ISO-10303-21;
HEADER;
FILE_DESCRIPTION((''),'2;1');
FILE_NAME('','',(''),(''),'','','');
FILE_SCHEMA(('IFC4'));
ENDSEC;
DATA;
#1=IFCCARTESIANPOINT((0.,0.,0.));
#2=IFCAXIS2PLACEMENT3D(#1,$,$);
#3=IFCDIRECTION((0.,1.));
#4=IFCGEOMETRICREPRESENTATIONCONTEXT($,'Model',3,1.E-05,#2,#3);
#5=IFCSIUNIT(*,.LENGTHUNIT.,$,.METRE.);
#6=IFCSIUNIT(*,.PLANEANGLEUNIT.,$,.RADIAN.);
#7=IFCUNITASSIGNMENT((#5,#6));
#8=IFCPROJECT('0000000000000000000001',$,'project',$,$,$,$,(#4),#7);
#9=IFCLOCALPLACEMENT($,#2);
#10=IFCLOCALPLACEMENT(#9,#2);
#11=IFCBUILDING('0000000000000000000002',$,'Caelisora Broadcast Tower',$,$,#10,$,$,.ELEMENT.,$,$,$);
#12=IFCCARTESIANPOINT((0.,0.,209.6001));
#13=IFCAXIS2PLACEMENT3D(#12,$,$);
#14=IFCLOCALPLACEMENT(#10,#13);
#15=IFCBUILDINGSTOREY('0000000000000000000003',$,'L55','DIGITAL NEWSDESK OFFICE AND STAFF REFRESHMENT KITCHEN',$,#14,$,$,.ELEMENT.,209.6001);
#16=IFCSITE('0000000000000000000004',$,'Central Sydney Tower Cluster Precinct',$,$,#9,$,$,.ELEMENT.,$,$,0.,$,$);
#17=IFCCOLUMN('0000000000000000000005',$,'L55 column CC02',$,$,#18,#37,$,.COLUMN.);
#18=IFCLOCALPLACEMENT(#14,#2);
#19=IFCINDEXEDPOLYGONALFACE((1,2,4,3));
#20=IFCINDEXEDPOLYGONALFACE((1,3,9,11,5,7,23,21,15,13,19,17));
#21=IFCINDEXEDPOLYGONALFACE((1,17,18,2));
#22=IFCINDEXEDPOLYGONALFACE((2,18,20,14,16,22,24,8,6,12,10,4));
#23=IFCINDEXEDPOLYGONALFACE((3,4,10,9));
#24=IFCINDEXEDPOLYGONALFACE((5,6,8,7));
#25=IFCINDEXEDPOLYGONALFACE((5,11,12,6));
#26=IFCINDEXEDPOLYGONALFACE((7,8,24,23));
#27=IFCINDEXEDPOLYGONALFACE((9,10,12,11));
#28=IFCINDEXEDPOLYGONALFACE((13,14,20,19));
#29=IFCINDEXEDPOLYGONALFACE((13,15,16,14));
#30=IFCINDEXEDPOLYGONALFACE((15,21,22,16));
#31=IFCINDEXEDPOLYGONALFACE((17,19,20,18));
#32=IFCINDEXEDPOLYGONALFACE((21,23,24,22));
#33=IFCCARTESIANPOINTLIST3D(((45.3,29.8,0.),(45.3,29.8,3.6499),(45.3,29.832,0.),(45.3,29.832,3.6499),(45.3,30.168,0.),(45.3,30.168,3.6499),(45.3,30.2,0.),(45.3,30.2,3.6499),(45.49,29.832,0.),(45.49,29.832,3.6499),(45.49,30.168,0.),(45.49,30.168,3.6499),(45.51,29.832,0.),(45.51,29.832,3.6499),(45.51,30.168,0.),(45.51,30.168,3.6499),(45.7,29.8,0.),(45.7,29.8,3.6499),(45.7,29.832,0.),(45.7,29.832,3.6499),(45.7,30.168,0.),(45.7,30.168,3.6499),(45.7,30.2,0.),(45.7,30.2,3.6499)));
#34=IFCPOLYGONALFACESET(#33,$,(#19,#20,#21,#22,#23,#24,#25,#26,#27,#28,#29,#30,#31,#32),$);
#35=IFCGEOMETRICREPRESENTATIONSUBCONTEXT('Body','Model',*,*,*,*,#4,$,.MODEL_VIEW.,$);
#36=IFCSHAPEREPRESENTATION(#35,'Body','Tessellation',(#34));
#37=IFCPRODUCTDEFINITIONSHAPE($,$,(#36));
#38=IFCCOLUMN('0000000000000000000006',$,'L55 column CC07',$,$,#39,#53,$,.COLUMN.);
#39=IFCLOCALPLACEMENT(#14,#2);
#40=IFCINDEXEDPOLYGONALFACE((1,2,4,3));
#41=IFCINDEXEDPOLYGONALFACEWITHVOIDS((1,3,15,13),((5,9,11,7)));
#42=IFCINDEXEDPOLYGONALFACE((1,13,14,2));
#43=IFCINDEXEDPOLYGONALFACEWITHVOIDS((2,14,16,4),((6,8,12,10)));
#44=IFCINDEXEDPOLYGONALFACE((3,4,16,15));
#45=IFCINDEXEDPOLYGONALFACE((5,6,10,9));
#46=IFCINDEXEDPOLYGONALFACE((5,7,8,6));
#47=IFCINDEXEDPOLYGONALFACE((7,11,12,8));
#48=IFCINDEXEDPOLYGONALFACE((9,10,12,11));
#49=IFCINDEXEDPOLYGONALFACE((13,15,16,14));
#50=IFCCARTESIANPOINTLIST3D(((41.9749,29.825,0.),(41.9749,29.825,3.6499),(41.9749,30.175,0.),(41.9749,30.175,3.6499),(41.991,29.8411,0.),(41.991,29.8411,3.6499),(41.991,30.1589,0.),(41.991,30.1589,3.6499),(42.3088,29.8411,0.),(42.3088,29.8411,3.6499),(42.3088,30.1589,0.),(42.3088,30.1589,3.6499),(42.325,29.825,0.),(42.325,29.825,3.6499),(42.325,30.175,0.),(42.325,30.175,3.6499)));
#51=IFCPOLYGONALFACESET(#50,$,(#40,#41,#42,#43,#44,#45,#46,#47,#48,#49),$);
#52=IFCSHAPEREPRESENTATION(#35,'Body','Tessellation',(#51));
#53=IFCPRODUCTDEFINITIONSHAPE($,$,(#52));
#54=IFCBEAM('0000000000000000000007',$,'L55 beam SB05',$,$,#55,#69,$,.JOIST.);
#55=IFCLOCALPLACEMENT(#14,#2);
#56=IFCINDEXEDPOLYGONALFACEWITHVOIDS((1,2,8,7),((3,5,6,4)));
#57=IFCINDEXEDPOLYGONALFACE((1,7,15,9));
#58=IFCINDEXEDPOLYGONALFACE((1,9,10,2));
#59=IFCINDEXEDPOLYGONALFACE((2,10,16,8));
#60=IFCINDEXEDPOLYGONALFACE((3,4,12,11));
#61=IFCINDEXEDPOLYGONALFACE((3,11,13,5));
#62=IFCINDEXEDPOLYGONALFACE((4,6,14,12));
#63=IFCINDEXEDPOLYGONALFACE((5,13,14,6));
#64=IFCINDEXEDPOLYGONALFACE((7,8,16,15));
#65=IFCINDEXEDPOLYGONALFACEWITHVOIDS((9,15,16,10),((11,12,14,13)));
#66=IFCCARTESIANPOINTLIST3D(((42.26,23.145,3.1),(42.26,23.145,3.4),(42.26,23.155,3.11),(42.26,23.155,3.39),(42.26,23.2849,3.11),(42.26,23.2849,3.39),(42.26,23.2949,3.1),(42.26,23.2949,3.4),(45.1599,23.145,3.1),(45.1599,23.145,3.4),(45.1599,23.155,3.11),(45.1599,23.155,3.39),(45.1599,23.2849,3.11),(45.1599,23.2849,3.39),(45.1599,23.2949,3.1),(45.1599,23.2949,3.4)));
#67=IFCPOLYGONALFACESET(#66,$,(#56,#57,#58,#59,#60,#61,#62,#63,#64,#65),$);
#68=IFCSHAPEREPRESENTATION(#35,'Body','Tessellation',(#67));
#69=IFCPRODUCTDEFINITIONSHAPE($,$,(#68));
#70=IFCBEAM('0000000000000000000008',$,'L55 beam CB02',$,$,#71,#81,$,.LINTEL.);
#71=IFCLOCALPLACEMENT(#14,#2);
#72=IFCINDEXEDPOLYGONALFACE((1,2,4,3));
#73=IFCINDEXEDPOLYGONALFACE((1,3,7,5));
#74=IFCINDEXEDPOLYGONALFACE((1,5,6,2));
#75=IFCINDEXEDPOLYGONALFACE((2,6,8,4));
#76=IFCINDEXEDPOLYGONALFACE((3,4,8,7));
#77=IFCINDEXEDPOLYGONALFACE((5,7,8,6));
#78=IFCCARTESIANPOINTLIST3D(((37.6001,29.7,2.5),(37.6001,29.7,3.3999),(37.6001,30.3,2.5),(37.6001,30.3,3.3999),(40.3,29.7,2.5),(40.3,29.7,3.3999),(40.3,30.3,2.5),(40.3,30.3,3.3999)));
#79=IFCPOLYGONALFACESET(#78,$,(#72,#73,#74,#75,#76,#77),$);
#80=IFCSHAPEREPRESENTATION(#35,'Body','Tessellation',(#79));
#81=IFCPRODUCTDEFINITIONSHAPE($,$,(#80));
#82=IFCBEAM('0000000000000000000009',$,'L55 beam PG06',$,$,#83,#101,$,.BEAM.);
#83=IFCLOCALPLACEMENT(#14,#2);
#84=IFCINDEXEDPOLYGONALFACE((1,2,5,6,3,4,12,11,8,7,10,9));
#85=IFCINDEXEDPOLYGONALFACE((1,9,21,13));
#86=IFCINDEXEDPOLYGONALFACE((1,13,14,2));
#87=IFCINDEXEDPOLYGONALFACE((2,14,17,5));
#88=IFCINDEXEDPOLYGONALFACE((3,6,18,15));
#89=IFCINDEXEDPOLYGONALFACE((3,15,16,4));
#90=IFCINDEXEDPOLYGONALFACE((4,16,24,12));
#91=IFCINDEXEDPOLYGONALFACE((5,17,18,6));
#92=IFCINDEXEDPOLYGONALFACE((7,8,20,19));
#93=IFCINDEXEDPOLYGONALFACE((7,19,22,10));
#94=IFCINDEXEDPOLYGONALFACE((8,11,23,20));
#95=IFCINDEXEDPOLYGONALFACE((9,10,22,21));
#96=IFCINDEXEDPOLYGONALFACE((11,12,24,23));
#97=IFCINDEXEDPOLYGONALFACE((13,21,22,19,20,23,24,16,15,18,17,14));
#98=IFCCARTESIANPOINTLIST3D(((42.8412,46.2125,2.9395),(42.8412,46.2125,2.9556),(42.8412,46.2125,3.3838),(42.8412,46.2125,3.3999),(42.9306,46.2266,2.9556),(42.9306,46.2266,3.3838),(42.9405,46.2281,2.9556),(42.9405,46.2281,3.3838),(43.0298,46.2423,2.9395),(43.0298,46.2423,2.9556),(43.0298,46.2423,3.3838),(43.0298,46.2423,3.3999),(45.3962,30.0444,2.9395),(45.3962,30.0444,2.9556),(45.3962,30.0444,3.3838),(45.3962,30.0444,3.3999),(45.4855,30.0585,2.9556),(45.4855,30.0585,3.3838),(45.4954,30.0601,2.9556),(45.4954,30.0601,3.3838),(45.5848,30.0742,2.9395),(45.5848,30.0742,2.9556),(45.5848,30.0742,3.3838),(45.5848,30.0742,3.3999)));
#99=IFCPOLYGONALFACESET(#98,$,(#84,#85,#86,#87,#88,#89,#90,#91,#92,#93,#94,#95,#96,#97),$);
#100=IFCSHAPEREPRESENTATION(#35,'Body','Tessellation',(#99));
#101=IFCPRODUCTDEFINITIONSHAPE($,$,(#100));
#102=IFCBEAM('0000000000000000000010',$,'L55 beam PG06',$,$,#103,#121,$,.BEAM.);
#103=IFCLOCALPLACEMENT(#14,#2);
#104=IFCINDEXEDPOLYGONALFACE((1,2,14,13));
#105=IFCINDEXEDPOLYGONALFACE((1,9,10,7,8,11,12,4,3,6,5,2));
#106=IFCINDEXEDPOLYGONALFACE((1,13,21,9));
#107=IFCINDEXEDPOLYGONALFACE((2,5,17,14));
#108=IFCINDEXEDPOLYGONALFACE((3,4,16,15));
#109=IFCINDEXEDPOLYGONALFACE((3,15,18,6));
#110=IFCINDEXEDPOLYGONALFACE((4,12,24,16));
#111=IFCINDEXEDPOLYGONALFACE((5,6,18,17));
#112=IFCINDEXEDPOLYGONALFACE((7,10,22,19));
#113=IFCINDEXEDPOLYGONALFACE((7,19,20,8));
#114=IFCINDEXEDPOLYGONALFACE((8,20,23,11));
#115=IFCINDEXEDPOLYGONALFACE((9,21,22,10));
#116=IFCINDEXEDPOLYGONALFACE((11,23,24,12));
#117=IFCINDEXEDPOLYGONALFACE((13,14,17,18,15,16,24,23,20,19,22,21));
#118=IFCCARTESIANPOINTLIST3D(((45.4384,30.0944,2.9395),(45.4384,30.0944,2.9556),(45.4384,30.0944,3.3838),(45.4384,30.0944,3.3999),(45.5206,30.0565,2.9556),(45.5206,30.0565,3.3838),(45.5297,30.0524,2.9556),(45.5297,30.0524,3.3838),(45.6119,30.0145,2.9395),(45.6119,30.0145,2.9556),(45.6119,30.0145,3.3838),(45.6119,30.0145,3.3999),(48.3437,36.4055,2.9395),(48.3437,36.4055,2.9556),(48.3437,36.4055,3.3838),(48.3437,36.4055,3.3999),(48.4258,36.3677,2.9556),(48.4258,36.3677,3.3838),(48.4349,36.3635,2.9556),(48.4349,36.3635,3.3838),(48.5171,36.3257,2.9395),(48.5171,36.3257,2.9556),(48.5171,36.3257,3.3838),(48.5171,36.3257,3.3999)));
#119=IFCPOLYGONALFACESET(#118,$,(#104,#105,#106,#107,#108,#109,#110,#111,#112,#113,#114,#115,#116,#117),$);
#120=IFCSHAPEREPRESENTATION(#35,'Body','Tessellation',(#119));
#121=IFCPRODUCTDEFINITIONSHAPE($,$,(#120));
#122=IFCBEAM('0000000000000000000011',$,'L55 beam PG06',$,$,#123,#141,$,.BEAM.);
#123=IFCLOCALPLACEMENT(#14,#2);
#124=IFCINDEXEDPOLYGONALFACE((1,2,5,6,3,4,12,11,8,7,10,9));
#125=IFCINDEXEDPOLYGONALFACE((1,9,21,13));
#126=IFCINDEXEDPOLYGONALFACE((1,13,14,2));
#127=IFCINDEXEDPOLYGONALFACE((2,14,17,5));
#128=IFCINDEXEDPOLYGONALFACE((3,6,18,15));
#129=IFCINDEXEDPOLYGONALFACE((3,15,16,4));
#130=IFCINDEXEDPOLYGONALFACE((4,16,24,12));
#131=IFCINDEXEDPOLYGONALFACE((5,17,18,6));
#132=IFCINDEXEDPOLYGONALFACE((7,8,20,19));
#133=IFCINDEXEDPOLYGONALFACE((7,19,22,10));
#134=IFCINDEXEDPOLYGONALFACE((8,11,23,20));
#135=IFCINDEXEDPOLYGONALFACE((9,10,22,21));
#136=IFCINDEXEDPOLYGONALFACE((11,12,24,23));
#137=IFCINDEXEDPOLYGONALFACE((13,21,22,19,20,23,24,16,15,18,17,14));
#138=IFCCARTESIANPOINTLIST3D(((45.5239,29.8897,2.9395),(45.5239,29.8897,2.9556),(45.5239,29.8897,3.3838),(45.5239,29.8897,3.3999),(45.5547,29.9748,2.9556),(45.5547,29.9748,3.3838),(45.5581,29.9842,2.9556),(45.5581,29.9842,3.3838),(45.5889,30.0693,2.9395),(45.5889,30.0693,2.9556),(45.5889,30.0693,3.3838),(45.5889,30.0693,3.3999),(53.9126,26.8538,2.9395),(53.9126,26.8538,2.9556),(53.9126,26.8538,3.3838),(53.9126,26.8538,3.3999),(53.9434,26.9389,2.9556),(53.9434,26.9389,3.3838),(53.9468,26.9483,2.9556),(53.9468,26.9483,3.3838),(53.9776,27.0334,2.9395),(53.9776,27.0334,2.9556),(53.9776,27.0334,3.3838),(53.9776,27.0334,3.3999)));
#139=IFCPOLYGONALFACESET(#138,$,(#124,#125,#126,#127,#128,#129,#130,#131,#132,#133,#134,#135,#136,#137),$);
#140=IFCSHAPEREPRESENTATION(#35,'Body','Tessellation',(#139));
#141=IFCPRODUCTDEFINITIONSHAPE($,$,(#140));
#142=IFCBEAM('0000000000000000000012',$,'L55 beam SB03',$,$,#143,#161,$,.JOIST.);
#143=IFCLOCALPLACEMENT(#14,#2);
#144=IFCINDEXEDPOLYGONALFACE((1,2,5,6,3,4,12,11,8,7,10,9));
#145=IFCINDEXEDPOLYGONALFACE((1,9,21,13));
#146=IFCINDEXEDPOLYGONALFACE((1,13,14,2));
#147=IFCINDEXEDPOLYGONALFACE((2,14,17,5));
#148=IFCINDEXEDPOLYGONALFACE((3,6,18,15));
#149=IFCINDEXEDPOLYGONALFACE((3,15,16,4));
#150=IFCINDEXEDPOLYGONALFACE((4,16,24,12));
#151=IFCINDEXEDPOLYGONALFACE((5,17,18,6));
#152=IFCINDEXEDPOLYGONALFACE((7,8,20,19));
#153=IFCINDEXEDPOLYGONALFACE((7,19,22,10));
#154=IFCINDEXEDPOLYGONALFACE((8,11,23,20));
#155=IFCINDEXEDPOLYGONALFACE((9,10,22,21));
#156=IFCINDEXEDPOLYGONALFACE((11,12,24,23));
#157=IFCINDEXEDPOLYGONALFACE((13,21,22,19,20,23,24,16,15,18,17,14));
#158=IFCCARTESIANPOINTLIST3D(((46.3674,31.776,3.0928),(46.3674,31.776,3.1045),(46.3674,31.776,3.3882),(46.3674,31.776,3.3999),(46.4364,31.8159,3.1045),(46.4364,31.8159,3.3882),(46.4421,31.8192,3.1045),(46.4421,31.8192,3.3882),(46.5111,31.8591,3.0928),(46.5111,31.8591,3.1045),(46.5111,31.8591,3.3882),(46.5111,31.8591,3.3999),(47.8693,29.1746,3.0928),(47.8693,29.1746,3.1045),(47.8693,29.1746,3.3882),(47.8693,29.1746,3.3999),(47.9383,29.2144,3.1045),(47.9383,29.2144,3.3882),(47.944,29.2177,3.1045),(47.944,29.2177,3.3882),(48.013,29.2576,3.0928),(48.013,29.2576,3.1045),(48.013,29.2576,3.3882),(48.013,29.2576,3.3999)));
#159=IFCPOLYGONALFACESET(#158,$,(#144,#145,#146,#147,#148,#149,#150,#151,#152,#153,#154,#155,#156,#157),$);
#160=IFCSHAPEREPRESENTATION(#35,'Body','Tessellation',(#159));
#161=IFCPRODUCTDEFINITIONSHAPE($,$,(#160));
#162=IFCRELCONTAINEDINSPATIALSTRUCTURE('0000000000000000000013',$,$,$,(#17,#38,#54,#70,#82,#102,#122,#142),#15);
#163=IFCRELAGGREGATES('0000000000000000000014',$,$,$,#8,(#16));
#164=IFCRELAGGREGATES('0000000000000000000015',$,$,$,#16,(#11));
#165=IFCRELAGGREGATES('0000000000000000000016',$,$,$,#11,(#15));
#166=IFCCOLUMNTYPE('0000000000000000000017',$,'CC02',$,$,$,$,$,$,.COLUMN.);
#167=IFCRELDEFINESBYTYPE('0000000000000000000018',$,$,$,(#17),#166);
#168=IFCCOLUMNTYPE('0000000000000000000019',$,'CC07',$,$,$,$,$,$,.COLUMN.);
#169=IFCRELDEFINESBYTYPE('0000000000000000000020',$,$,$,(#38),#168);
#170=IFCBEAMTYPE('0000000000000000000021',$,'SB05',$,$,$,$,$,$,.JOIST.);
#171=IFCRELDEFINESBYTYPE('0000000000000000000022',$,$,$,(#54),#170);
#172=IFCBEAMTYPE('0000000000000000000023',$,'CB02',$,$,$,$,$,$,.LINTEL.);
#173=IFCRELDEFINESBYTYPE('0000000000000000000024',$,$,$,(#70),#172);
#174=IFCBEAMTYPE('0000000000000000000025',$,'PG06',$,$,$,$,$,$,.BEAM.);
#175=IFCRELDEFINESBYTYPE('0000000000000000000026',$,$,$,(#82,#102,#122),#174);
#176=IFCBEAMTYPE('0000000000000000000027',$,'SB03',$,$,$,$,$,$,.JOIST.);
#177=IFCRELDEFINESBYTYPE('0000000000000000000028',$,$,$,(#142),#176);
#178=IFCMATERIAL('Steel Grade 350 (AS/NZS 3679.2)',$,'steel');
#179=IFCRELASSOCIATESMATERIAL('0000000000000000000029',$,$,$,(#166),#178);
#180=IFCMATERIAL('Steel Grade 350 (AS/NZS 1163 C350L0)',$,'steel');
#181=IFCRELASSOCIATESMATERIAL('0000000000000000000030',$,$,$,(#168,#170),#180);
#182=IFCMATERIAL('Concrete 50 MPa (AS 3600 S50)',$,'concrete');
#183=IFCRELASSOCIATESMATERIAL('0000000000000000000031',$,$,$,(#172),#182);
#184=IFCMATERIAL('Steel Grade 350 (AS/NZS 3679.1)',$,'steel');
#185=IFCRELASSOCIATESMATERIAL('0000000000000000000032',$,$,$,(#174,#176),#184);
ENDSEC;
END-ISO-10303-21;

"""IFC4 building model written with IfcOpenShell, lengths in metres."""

from ifc_helpers import new_model, si_unit, direction, frame, origin, origin_2d, place, context, subcontext, project, spatial, rectangle, hollow_rectangle, i_section, extrude, source, transform, mapped, material, material_profile, profile_set, type_object, type_shapes, element, save


model = new_model("IFC4")

# Units and contexts
model_context = context("Model", 3, precision=1e-05, world=origin(), true_north=direction((0.0, 1.0)))
body_context = subcontext(model_context, "Body", "Model", "MODEL_VIEW")
ifc_project = project(units=[si_unit("LENGTHUNIT", "METRE"), si_unit("PLANEANGLEUNIT", "RADIAN")], contexts=[model_context])

# Site, building, storey
site_placement = place(None, origin())
site = spatial("IfcSite", under=ifc_project, at=site_placement, Name="Central Sydney Tower Cluster Precinct", CompositionType="ELEMENT", RefElevation=0.0)
building_placement = place(site_placement, origin())
building = spatial("IfcBuilding", under=site, at=building_placement, Name="Caelisora Broadcast Tower", CompositionType="ELEMENT")
storey_placement = place(building_placement, frame((0.0, 0.0, 209.6001)))
storey = spatial("IfcBuildingStorey", under=building, at=storey_placement, Name="L55", Description="DIGITAL NEWSDESK OFFICE AND STAFF REFRESHMENT KITCHEN", CompositionType="ELEMENT", Elevation=209.6001)

# Columns
ifc_material_1 = material(Name="Steel Grade 350 (AS/NZS 3679.2)", Category="steel")
ifc_material_profile_1 = material_profile(ifc_material_1, i_section(OverallWidth=0.3999, OverallDepth=0.3999, WebThickness=0.02, FlangeThickness=0.032, at=origin_2d()), Name="Steel Grade 350 (AS/NZS 3679.2)")
ifc_profile_set_1 = profile_set([ifc_material_profile_1], Name="Steel Grade 350 (AS/NZS 3679.2)")
column_type_1 = type_object("IfcColumnType", Name="CC02", PredefinedType="COLUMN", material=ifc_profile_set_1)
shared_shape_1 = source(origin(), body_context, "Body", "SweptSolid", [
    extrude(i_section(OverallWidth=0.3999, OverallDepth=0.3999, WebThickness=0.02, FlangeThickness=0.032, at=origin_2d()), origin(), (0.0, 0.0, 1.0), 3.6499),
])
type_shapes(column_type_1, [shared_shape_1])
column_1_placement = place(storey_placement, frame((45.5, 30.0, 0.0), z_axis=(0.0, 0.0, 1.0), x_axis=(1.0, 0.0, 0.0)))
element("IfcColumn", 1, at=column_1_placement, inside=storey, type_object=column_type_1, Name="L55 column CC02", PredefinedType="COLUMN", context=body_context, shape_type="MappedRepresentation", body=[
    mapped(shared_shape_1, transform((0.0, 0.0, 0.0), scale=1.0)),
])
ifc_material_2 = material(Name="Steel Grade 350 (AS/NZS 1163 C350L0)", Category="steel")
ifc_material_profile_2 = material_profile(ifc_material_2, hollow_rectangle(XDim=0.3501, YDim=0.3501, WallThickness=0.0161, at=origin_2d()), Name="Steel Grade 350 (AS/NZS 1163 C350L0)")
ifc_profile_set_2 = profile_set([ifc_material_profile_2], Name="Steel Grade 350 (AS/NZS 1163 C350L0)")
column_type_2 = type_object("IfcColumnType", Name="CC07", PredefinedType="COLUMN", material=ifc_profile_set_2)
shared_shape_2 = source(origin(), body_context, "Body", "SweptSolid", [
    extrude(hollow_rectangle(XDim=0.3501, YDim=0.3501, WallThickness=0.0161, at=origin_2d()), origin(), (0.0, 0.0, 1.0), 3.6499),
])
type_shapes(column_type_2, [shared_shape_2])
column_2_placement = place(storey_placement, frame((42.1499, 30.0, 0.0), z_axis=(0.0, 0.0, 1.0), x_axis=(1.0, 0.0, 0.0)))
element("IfcColumn", 2, at=column_2_placement, inside=storey, type_object=column_type_2, Name="L55 column CC07", PredefinedType="COLUMN", context=body_context, shape_type="MappedRepresentation", body=[
    mapped(shared_shape_2, transform((0.0, 0.0, 0.0), scale=1.0)),
])

# Beams
ifc_material_profile_3 = material_profile(ifc_material_2, hollow_rectangle(XDim=0.1499, YDim=0.3, WallThickness=0.01, at=origin_2d()), Name="Steel Grade 350 (AS/NZS 1163 C350L0)")
ifc_profile_set_3 = profile_set([ifc_material_profile_3], Name="Steel Grade 350 (AS/NZS 1163 C350L0)")
beam_type_1 = type_object("IfcBeamType", Name="SB05", PredefinedType="JOIST", material=ifc_profile_set_3)
shared_shape_3 = source(origin(), body_context, "Body", "SweptSolid", [
    extrude(hollow_rectangle(XDim=0.1499, YDim=0.3, WallThickness=0.01, at=origin_2d()), origin(), (0.0, 0.0, 1.0), 2.8999),
])
type_shapes(beam_type_1, [shared_shape_3])
beam_1_placement = place(storey_placement, frame((42.26, 23.22, 3.25), z_axis=(1.0, 0.0, 0.0), x_axis=(0.0, 1.0, 0.0)))
element("IfcBeam", 3, at=beam_1_placement, inside=storey, type_object=beam_type_1, Name="L55 beam SB05", PredefinedType="JOIST", context=body_context, shape_type="MappedRepresentation", body=[
    mapped(shared_shape_3, transform((0.0, 0.0, 0.0), scale=1.0)),
])
ifc_material_3 = material(Name="Concrete 50 MPa (AS 3600 S50)", Category="concrete")
ifc_material_profile_4 = material_profile(ifc_material_3, rectangle(XDim=0.6001, YDim=0.8999, at=origin_2d()), Name="Concrete 50 MPa (AS 3600 S50)")
ifc_profile_set_4 = profile_set([ifc_material_profile_4], Name="Concrete 50 MPa (AS 3600 S50)")
beam_type_2 = type_object("IfcBeamType", Name="CB02", PredefinedType="LINTEL", material=ifc_profile_set_4)
shared_shape_4 = source(origin(), body_context, "Body", "SweptSolid", [
    extrude(rectangle(XDim=0.6001, YDim=0.8999, at=origin_2d()), origin(), (0.0, 0.0, 1.0), 2.7),
])
type_shapes(beam_type_2, [shared_shape_4])
beam_2_placement = place(storey_placement, frame((37.6001, 30.0, 2.95), z_axis=(1.0, 0.0, 0.0), x_axis=(0.0, 1.0, 0.0)))
element("IfcBeam", 4, at=beam_2_placement, inside=storey, type_object=beam_type_2, Name="L55 beam CB02", PredefinedType="LINTEL", context=body_context, shape_type="MappedRepresentation", body=[
    mapped(shared_shape_4, transform((0.0, 0.0, 0.0), scale=1.0)),
])
ifc_material_4 = material(Name="Steel Grade 350 (AS/NZS 3679.1)", Category="steel")
ifc_material_profile_5 = material_profile(ifc_material_4, i_section(OverallWidth=0.1909, OverallDepth=0.4604, WebThickness=0.01, FlangeThickness=0.0161, at=origin_2d()), Name="Steel Grade 350 (AS/NZS 3679.1)")
ifc_profile_set_5 = profile_set([ifc_material_profile_5], Name="Steel Grade 350 (AS/NZS 3679.1)")
beam_type_3 = type_object("IfcBeamType", Name="PG06", PredefinedType="BEAM", material=ifc_profile_set_5)
shared_shape_5 = source(origin(), body_context, "Body", "SweptSolid", [
    extrude(i_section(OverallWidth=0.1909, OverallDepth=0.4604, WebThickness=0.01, FlangeThickness=0.0161, at=origin_2d()), origin(), (0.0, 0.0, 1.0), 16.3687),
])
beam_3_placement = place(storey_placement, frame((45.4905, 30.0593, 3.1697), z_axis=(-0.156087, 0.987743, 0.0), x_axis=(-0.987743, -0.156087, 0.0)))
element("IfcBeam", 5, at=beam_3_placement, inside=storey, type_object=beam_type_3, Name="L55 beam PG06", PredefinedType="BEAM", context=body_context, shape_type="MappedRepresentation", body=[
    mapped(shared_shape_5, transform((0.0, 0.0, 0.0), scale=1.0)),
])
shared_shape_6 = source(origin(), body_context, "Body", "SweptSolid", [
    extrude(i_section(OverallWidth=0.1909, OverallDepth=0.4604, WebThickness=0.01, FlangeThickness=0.0161, at=origin_2d()), origin(), (0.0, 0.0, 1.0), 6.9478),
])
beam_4_placement = place(storey_placement, frame((45.5251, 30.0544, 3.1697), z_axis=(0.418153, 0.908376, 0.0), x_axis=(-0.908376, 0.418153, 0.0)))
element("IfcBeam", 6, at=beam_4_placement, inside=storey, type_object=beam_type_3, Name="L55 beam PG06", PredefinedType="BEAM", context=body_context, shape_type="MappedRepresentation", body=[
    mapped(shared_shape_6, transform((0.0, 0.0, 0.0), scale=1.0)),
])
shared_shape_7 = source(origin(), body_context, "Body", "SweptSolid", [
    extrude(i_section(OverallWidth=0.1909, OverallDepth=0.4604, WebThickness=0.01, FlangeThickness=0.0161, at=origin_2d()), origin(), (0.0, 0.0, 1.0), 8.9211),
])
type_shapes(beam_type_3, [shared_shape_5, shared_shape_6, shared_shape_7])
beam_5_placement = place(storey_placement, frame((45.5564, 29.9795, 3.1697), z_axis=(0.940316, -0.340303, 0.0), x_axis=(0.340303, 0.940316, 0.0)))
element("IfcBeam", 7, at=beam_5_placement, inside=storey, type_object=beam_type_3, Name="L55 beam PG06", PredefinedType="BEAM", context=body_context, shape_type="MappedRepresentation", body=[
    mapped(shared_shape_7, transform((0.0, 0.0, 0.0), scale=1.0)),
])
ifc_material_profile_6 = material_profile(ifc_material_4, i_section(OverallWidth=0.166, OverallDepth=0.3071, WebThickness=0.0066, FlangeThickness=0.0117, at=origin_2d()), Name="Steel Grade 350 (AS/NZS 3679.1)")
ifc_profile_set_6 = profile_set([ifc_material_profile_6], Name="Steel Grade 350 (AS/NZS 3679.1)")
beam_type_4 = type_object("IfcBeamType", Name="SB03", PredefinedType="JOIST", material=ifc_profile_set_6)
shared_shape_8 = source(origin(), body_context, "Body", "SweptSolid", [
    extrude(i_section(OverallWidth=0.166, OverallDepth=0.3071, WebThickness=0.0066, FlangeThickness=0.0117, at=origin_2d()), origin(), (0.0, 0.0, 1.0), 3.0039),
])
type_shapes(beam_type_4, [shared_shape_8])
beam_6_placement = place(storey_placement, frame((47.9412, 29.2161, 3.2463), z_axis=(-0.499985, 0.866034, 0.0), x_axis=(-0.866034, -0.499985, 0.0)))
element("IfcBeam", 8, at=beam_6_placement, inside=storey, type_object=beam_type_4, Name="L55 beam SB03", PredefinedType="JOIST", context=body_context, shape_type="MappedRepresentation", body=[
    mapped(shared_shape_8, transform((0.0, 0.0, 0.0), scale=1.0)),
])

save(model, "model.ifc")
